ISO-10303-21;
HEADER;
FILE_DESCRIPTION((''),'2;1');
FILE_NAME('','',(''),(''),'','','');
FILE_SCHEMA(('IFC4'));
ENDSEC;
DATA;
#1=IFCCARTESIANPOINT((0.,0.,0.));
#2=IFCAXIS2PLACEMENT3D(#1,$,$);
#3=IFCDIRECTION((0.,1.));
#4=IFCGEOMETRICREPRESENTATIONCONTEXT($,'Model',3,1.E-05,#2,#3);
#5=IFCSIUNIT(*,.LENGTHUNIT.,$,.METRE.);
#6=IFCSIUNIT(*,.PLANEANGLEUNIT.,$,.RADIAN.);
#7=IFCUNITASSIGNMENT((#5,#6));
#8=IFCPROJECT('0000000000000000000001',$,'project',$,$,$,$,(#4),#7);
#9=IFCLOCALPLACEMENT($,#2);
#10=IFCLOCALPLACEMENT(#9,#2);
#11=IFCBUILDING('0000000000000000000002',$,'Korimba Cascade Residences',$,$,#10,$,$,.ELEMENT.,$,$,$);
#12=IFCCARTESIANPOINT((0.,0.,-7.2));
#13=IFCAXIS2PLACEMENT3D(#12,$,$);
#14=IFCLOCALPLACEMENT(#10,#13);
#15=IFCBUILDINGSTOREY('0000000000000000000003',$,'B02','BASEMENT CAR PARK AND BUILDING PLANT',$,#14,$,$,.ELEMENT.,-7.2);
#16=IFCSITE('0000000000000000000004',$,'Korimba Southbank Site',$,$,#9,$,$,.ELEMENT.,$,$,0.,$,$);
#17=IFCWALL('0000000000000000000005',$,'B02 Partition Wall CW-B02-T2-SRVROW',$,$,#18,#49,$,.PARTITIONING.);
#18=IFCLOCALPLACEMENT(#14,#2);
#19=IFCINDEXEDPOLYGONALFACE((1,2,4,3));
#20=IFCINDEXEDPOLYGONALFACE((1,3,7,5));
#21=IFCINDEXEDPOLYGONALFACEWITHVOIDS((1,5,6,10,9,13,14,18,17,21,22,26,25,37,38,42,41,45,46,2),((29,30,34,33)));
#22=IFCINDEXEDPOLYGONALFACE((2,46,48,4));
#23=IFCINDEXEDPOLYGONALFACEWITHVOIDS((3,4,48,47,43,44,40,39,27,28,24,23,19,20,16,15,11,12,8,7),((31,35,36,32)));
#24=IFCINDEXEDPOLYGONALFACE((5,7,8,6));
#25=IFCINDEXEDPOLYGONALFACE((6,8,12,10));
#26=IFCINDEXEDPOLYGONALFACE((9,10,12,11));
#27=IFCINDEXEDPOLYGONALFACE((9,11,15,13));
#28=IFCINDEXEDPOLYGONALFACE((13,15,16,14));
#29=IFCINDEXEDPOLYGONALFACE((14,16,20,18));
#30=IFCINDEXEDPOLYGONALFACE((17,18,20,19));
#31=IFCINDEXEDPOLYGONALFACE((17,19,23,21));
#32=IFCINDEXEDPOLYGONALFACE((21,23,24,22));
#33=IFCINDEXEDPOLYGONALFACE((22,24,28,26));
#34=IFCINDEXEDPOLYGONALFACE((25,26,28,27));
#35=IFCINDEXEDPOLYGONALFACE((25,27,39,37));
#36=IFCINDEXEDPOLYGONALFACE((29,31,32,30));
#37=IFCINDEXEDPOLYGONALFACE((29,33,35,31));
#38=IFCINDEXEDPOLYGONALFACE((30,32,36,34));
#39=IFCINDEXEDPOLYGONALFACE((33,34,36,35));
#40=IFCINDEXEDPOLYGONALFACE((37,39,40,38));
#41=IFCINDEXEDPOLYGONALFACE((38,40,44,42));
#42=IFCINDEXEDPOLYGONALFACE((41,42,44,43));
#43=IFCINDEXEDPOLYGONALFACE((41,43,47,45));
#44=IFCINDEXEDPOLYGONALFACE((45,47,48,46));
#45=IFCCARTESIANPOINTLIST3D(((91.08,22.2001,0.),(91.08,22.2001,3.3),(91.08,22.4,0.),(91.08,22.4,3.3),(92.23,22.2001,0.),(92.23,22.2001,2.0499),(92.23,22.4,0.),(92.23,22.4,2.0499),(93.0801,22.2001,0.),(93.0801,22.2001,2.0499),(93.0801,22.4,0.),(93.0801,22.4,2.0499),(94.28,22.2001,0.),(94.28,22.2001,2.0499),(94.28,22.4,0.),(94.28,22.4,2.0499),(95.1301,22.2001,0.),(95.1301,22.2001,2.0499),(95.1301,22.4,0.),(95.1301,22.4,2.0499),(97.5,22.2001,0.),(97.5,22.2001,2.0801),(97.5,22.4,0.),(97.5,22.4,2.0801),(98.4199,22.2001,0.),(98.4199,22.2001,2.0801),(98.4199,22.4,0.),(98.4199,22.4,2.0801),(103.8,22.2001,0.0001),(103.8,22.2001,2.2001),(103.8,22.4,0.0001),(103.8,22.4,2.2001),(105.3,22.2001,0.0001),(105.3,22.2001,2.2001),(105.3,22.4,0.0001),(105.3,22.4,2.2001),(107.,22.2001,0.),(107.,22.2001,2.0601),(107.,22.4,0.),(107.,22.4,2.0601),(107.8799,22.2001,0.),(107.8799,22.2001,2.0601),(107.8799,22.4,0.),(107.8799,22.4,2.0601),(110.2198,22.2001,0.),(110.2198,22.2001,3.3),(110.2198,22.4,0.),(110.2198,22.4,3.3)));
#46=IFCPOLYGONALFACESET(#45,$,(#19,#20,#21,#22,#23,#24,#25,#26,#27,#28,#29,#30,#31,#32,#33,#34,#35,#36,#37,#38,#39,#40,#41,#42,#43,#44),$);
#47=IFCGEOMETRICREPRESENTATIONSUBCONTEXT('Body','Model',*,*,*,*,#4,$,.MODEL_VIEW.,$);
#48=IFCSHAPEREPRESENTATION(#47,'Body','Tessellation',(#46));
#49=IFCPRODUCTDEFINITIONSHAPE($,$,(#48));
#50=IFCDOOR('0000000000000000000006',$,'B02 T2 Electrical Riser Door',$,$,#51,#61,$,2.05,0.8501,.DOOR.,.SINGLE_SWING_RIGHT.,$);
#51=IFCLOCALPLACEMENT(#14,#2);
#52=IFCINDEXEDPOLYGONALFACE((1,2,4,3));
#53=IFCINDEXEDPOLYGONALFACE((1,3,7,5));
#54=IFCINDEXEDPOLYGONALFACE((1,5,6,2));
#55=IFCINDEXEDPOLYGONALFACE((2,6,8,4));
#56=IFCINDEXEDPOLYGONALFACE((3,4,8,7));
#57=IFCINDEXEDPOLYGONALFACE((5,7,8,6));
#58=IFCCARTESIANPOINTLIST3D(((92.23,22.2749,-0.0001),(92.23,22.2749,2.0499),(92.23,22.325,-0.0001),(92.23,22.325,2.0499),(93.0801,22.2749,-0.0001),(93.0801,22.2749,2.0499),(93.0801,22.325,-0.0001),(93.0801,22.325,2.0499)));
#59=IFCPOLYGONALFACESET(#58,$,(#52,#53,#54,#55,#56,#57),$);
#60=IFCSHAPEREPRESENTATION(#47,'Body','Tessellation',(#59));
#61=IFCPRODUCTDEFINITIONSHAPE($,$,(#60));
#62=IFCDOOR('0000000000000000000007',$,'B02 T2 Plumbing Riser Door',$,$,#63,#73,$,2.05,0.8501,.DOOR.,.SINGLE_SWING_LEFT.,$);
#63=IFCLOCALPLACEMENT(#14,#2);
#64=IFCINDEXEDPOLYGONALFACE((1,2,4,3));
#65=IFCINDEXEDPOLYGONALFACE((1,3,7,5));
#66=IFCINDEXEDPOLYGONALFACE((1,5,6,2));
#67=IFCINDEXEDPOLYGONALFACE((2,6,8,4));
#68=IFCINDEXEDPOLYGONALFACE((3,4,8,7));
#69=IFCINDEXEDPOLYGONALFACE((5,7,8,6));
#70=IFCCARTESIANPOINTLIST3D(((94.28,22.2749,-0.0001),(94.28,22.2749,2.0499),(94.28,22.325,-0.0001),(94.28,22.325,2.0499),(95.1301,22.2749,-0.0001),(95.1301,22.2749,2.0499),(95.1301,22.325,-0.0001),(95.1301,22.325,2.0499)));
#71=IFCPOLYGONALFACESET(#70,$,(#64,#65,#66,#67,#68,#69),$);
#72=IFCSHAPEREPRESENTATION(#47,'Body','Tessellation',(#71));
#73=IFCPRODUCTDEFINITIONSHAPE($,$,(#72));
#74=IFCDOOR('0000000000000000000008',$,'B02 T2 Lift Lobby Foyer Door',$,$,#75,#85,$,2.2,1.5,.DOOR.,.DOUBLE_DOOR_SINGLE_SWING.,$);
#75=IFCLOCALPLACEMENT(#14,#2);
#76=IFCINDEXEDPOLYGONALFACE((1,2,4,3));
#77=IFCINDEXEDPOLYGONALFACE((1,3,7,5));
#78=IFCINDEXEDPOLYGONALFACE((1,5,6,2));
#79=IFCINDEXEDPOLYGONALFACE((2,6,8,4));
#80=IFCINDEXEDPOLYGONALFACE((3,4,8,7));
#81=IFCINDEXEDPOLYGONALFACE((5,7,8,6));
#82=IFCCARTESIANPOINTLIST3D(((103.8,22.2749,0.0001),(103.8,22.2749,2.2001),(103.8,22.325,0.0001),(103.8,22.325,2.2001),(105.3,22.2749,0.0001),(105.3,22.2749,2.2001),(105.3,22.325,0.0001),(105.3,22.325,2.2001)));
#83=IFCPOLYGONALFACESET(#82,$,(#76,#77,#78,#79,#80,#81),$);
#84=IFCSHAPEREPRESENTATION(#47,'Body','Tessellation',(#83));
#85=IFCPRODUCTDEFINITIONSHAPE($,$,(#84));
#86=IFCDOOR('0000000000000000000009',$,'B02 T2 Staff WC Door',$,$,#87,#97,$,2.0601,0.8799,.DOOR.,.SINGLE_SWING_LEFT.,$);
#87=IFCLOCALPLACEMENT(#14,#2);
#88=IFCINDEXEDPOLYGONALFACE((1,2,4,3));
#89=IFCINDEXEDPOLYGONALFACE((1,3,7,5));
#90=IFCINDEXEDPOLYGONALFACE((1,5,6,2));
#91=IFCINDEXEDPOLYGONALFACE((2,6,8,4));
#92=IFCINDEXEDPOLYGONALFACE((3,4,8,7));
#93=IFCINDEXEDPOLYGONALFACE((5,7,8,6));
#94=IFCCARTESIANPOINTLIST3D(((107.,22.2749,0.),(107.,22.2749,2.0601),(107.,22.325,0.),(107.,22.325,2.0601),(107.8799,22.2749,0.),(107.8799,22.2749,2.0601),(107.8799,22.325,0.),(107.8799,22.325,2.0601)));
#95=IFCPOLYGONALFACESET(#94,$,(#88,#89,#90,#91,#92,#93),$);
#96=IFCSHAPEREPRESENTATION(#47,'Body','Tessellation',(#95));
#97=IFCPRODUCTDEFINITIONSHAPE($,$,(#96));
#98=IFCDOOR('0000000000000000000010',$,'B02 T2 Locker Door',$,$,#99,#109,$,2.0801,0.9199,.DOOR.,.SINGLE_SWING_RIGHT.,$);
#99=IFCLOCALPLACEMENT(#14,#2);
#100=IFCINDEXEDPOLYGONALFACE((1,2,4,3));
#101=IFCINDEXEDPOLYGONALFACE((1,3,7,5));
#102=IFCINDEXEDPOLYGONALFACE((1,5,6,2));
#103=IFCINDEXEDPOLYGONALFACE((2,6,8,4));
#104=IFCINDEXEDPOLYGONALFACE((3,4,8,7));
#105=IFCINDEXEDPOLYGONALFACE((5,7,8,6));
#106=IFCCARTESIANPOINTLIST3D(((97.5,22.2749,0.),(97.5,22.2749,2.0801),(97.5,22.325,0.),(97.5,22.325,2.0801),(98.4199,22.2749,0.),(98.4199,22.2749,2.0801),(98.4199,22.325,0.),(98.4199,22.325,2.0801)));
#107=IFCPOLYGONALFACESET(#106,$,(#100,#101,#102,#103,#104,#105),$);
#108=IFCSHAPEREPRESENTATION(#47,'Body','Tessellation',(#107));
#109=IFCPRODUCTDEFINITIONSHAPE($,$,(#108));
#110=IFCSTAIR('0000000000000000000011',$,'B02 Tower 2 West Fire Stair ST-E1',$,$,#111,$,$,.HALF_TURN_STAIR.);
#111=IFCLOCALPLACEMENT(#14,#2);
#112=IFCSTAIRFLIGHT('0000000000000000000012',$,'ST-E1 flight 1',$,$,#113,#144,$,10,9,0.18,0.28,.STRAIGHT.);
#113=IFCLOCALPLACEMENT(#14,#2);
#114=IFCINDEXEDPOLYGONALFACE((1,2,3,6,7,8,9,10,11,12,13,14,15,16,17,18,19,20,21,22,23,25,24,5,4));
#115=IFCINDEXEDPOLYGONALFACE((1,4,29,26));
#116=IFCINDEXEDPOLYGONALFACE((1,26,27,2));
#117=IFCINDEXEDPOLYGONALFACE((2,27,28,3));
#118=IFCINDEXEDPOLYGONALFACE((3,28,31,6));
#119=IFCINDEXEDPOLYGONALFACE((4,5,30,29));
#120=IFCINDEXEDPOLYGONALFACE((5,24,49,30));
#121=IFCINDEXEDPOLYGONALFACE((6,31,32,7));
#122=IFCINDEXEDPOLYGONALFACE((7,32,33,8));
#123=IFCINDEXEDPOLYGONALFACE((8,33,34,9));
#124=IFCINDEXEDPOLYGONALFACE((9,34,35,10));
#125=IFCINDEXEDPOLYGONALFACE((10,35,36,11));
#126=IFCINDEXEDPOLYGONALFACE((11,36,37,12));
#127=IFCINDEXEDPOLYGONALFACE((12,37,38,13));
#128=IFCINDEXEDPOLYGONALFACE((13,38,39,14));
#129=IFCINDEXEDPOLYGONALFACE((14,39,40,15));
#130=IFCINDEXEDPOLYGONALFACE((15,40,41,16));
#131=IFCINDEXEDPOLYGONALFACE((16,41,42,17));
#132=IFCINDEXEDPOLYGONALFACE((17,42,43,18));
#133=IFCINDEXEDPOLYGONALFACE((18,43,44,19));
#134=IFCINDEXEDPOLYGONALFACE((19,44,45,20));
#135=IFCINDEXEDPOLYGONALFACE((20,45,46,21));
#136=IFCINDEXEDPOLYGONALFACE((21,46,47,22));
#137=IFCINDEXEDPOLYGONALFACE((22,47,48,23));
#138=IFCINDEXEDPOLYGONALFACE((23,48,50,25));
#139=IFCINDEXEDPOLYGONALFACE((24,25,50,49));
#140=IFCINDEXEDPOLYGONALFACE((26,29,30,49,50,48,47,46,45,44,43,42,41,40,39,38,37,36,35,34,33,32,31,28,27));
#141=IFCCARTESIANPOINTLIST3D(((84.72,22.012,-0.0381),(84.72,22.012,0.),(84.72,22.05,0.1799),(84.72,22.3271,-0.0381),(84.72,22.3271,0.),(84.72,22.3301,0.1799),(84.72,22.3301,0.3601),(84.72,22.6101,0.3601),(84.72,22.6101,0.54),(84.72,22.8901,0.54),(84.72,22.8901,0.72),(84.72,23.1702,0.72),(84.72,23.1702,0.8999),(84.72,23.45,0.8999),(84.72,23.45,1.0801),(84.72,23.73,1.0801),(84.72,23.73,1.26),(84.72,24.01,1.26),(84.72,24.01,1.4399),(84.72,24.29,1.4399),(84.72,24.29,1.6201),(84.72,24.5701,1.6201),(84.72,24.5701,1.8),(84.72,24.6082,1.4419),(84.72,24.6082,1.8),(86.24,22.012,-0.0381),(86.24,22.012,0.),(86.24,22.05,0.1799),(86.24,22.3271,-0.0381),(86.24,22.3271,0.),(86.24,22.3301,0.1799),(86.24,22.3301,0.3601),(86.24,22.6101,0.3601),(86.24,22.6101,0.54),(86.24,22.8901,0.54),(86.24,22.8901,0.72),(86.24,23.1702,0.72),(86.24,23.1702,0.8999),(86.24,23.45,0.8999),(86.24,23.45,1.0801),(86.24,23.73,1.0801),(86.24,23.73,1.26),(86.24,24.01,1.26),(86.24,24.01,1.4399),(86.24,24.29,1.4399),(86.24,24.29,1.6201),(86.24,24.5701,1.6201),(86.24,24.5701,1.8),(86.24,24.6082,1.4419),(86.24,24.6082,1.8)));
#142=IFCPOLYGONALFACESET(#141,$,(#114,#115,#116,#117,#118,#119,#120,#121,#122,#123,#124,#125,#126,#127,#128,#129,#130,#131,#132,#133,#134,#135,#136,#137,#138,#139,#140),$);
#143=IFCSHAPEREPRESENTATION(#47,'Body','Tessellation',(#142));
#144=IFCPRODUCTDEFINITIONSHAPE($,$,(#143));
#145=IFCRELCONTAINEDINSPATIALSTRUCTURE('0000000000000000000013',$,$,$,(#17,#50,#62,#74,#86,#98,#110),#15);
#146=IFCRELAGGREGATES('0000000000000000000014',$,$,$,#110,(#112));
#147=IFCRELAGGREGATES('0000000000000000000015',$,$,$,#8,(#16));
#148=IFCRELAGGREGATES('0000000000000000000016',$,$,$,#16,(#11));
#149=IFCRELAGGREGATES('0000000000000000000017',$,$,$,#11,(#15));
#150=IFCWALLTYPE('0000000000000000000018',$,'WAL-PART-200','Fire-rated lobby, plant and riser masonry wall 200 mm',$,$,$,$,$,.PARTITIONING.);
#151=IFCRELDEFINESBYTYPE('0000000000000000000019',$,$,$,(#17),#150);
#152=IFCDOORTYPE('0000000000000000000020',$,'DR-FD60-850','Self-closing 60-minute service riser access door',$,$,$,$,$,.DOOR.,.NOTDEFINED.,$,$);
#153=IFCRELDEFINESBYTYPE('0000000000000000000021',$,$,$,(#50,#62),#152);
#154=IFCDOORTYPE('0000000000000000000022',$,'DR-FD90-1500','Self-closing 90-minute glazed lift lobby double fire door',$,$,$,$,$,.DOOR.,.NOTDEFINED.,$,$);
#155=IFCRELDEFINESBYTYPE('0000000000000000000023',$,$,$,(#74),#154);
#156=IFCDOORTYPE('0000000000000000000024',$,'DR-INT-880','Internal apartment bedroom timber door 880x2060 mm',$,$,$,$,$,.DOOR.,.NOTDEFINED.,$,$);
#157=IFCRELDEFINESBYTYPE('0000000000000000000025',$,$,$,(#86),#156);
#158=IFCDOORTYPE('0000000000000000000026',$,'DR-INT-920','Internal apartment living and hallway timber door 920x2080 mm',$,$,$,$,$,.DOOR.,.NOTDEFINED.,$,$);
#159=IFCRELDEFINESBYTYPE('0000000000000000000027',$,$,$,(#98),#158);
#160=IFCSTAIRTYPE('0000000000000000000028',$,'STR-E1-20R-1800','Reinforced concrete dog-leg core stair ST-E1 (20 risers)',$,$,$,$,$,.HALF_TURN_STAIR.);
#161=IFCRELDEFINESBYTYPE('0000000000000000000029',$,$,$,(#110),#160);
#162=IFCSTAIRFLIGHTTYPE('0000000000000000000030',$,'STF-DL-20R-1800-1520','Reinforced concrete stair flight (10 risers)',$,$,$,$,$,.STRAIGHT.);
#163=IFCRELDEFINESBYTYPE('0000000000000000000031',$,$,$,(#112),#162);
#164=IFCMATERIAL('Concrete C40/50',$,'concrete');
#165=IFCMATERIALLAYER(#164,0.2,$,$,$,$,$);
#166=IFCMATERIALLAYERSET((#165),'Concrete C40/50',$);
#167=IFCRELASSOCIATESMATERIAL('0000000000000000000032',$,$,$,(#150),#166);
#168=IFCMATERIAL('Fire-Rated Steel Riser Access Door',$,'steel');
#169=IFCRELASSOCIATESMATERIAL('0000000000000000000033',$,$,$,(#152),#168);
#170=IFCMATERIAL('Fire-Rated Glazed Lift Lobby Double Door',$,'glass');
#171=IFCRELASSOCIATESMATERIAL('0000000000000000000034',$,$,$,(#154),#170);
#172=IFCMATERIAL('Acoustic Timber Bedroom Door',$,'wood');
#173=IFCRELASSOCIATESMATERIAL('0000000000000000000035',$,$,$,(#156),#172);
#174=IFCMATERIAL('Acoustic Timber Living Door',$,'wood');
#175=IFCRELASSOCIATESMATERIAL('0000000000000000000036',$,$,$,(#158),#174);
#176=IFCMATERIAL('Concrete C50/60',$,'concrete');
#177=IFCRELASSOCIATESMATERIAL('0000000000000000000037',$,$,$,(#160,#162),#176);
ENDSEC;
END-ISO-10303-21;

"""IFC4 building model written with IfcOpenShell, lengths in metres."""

from ifc_helpers import new_model, si_unit, direction, frame, frame_2d, origin, place, context, subcontext, project, spatial, polyline, rectangle, outline, extrude, material, layer, layer_set, type_object, element, fill, aggregate, save


model = new_model("IFC4")

# Units and contexts
model_context = context("Model", 3, precision=1e-05, world=origin(), true_north=direction((0.0, 1.0)))
body_context = subcontext(model_context, "Body", "Model", "MODEL_VIEW")
ifc_project = project(units=[si_unit("LENGTHUNIT", "METRE"), si_unit("PLANEANGLEUNIT", "RADIAN")], contexts=[model_context])

# Site, building, storey
site_placement = place(None, origin())
site = spatial("IfcSite", under=ifc_project, at=site_placement, Name="Korimba Southbank Site", CompositionType="ELEMENT", RefElevation=0.0)
building_placement = place(site_placement, origin())
building = spatial("IfcBuilding", under=site, at=building_placement, Name="Korimba Cascade Residences", CompositionType="ELEMENT")
storey_placement = place(building_placement, frame((0.0, 0.0, -7.2)))
storey = spatial("IfcBuildingStorey", under=building, at=storey_placement, Name="B02", Description="BASEMENT CAR PARK AND BUILDING PLANT", CompositionType="ELEMENT", Elevation=-7.2)

# Shared definitions
ifc_material_1 = material(Name="Concrete C50/60", Category="concrete")

# Shared definitions
ifc_material_2 = material(Name="Concrete C40/50", Category="concrete")
ifc_layer_1 = layer(ifc_material_2, 0.2)
ifc_layer_set_1 = layer_set([ifc_layer_1], Name="Concrete C40/50")
wall_type_1 = type_object("IfcWallType", Name="WAL-PART-200", Description="Fire-rated lobby, plant and riser masonry wall 200 mm", PredefinedType="PARTITIONING", material=ifc_layer_set_1)

# Wall, openings, doors
wall_1_placement = place(storey_placement, frame((91.0801, 22.3, 0.0), z_axis=(0.0, 0.0, 1.0), x_axis=(1.0, 0.0, 0.0)))
wall_1 = element("IfcWall", 1, at=wall_1_placement, inside=storey, type_object=wall_type_1, Name="B02 Partition Wall CW-B02-T2-SRVROW", PredefinedType="PARTITIONING", context=body_context, shape_type="SweptSolid", body=[
    extrude(rectangle(XDim=19.1399, YDim=0.2, at=frame_2d((9.5698, 0.0))), origin(), (0.0, 0.0, 1.0), 3.3),
])
opening_1_placement = place(wall_1_placement, frame((1.1499, 0.0, 0.0)))
opening_1 = element("IfcOpeningElement", 2, at=opening_1_placement, cuts=wall_1, PredefinedType="OPENING", context=body_context, shape_type="SweptSolid", body=[
    extrude(rectangle(XDim=0.8501, YDim=2.05, at=frame_2d((0.425, 1.0249))), frame((0.0, 0.1099, 0.0), z_axis=(0.0, -1.0, 0.0), x_axis=(1.0, 0.0, 0.0)), (0.0, 0.0, 1.0), 0.22),
])
opening_2_placement = place(wall_1_placement, frame((3.2, 0.0, 0.0)))
opening_2 = element("IfcOpeningElement", 3, at=opening_2_placement, cuts=wall_1, PredefinedType="OPENING", context=body_context, shape_type="SweptSolid", body=[
    extrude(rectangle(XDim=0.8501, YDim=2.05, at=frame_2d((0.425, 1.0249))), frame((0.0, 0.1099, 0.0), z_axis=(0.0, -1.0, 0.0), x_axis=(1.0, 0.0, 0.0)), (0.0, 0.0, 1.0), 0.22),
])
opening_3_placement = place(wall_1_placement, frame((12.72, 0.0, 0.0)))
opening_3 = element("IfcOpeningElement", 4, at=opening_3_placement, cuts=wall_1, PredefinedType="OPENING", context=body_context, shape_type="SweptSolid", body=[
    extrude(rectangle(XDim=1.5, YDim=2.2, at=frame_2d((0.75, 1.1001))), frame((0.0, 0.1099, 0.0), z_axis=(0.0, -1.0, 0.0), x_axis=(1.0, 0.0, 0.0)), (0.0, 0.0, 1.0), 0.22),
])
opening_4_placement = place(wall_1_placement, frame((6.4199, 0.0, 0.0)))
opening_4 = element("IfcOpeningElement", 5, at=opening_4_placement, cuts=wall_1, PredefinedType="OPENING", context=body_context, shape_type="SweptSolid", body=[
    extrude(rectangle(XDim=0.9199, YDim=2.0801, at=frame_2d((0.46, 1.04))), frame((0.0, 0.1099, 0.0), z_axis=(0.0, -1.0, 0.0), x_axis=(1.0, 0.0, 0.0)), (0.0, 0.0, 1.0), 0.22),
])
opening_5_placement = place(wall_1_placement, frame((15.9199, 0.0, 0.0)))
opening_5 = element("IfcOpeningElement", 6, at=opening_5_placement, cuts=wall_1, PredefinedType="OPENING", context=body_context, shape_type="SweptSolid", body=[
    extrude(rectangle(XDim=0.8799, YDim=2.0601, at=frame_2d((0.4399, 1.03))), frame((0.0, 0.1099, 0.0), z_axis=(0.0, -1.0, 0.0), x_axis=(1.0, 0.0, 0.0)), (0.0, 0.0, 1.0), 0.22),
])
ifc_material_3 = material(Name="Fire-Rated Steel Riser Access Door", Category="steel")
door_type_1 = type_object("IfcDoorType", Name="DR-FD60-850", Description="Self-closing 60-minute service riser access door", OperationType="NOTDEFINED", PredefinedType="DOOR", material=ifc_material_3)
door_1_placement = place(opening_1_placement, origin())
door_1 = element("IfcDoor", 7, at=door_1_placement, inside=storey, type_object=door_type_1, Name="B02 T2 Electrical Riser Door", OperationType="SINGLE_SWING_RIGHT", OverallHeight=2.05, OverallWidth=0.8501, PredefinedType="DOOR", context=body_context, shape_type="SweptSolid", body=[
    extrude(rectangle(XDim=0.8501, YDim=2.05, at=frame_2d((0.425, 1.0249))), frame((0.0, 0.0249, 0.0), z_axis=(0.0, -1.0, 0.0), x_axis=(1.0, 0.0, 0.0)), (0.0, 0.0, 1.0), 0.05),
])
fill(opening_1, door_1)
door_2_placement = place(opening_2_placement, origin())
door_2 = element("IfcDoor", 8, at=door_2_placement, inside=storey, type_object=door_type_1, Name="B02 T2 Plumbing Riser Door", OperationType="SINGLE_SWING_LEFT", OverallHeight=2.05, OverallWidth=0.8501, PredefinedType="DOOR", context=body_context, shape_type="SweptSolid", body=[
    extrude(rectangle(XDim=0.8501, YDim=2.05, at=frame_2d((0.425, 1.0249))), frame((0.0, 0.0249, 0.0), z_axis=(0.0, -1.0, 0.0), x_axis=(1.0, 0.0, 0.0)), (0.0, 0.0, 1.0), 0.05),
])
fill(opening_2, door_2)
ifc_material_4 = material(Name="Fire-Rated Glazed Lift Lobby Double Door", Category="glass")
door_type_2 = type_object("IfcDoorType", Name="DR-FD90-1500", Description="Self-closing 90-minute glazed lift lobby double fire door", OperationType="NOTDEFINED", PredefinedType="DOOR", material=ifc_material_4)
door_3_placement = place(opening_3_placement, origin())
door_3 = element("IfcDoor", 9, at=door_3_placement, inside=storey, type_object=door_type_2, Name="B02 T2 Lift Lobby Foyer Door", OperationType="DOUBLE_DOOR_SINGLE_SWING", OverallHeight=2.2, OverallWidth=1.5, PredefinedType="DOOR", context=body_context, shape_type="SweptSolid", body=[
    extrude(rectangle(XDim=1.5, YDim=2.2, at=frame_2d((0.75, 1.1001))), frame((0.0, 0.0249, 0.0), z_axis=(0.0, -1.0, 0.0), x_axis=(1.0, 0.0, 0.0)), (0.0, 0.0, 1.0), 0.05),
])
fill(opening_3, door_3)
ifc_material_5 = material(Name="Acoustic Timber Bedroom Door", Category="wood")
door_type_3 = type_object("IfcDoorType", Name="DR-INT-880", Description="Internal apartment bedroom timber door 880x2060 mm", OperationType="NOTDEFINED", PredefinedType="DOOR", material=ifc_material_5)
door_4_placement = place(opening_5_placement, origin())
door_4 = element("IfcDoor", 10, at=door_4_placement, inside=storey, type_object=door_type_3, Name="B02 T2 Staff WC Door", OperationType="SINGLE_SWING_LEFT", OverallHeight=2.0601, OverallWidth=0.8799, PredefinedType="DOOR", context=body_context, shape_type="SweptSolid", body=[
    extrude(rectangle(XDim=0.8799, YDim=2.0601, at=frame_2d((0.4399, 1.03))), frame((0.0, 0.0249, 0.0), z_axis=(0.0, -1.0, 0.0), x_axis=(1.0, 0.0, 0.0)), (0.0, 0.0, 1.0), 0.05),
])
fill(opening_5, door_4)
ifc_material_6 = material(Name="Acoustic Timber Living Door", Category="wood")
door_type_4 = type_object("IfcDoorType", Name="DR-INT-920", Description="Internal apartment living and hallway timber door 920x2080 mm", OperationType="NOTDEFINED", PredefinedType="DOOR", material=ifc_material_6)
door_5_placement = place(opening_4_placement, origin())
door_5 = element("IfcDoor", 11, at=door_5_placement, inside=storey, type_object=door_type_4, Name="B02 T2 Locker Door", OperationType="SINGLE_SWING_RIGHT", OverallHeight=2.0801, OverallWidth=0.9199, PredefinedType="DOOR", context=body_context, shape_type="SweptSolid", body=[
    extrude(rectangle(XDim=0.9199, YDim=2.0801, at=frame_2d((0.46, 1.04))), frame((0.0, 0.0249, 0.0), z_axis=(0.0, -1.0, 0.0), x_axis=(1.0, 0.0, 0.0)), (0.0, 0.0, 1.0), 0.05),
])
fill(opening_4, door_5)

# Stair, stair flight
stair_type = type_object("IfcStairType", Name="STR-E1-20R-1800", Description="Reinforced concrete dog-leg core stair ST-E1 (20 risers)", PredefinedType="HALF_TURN_STAIR", material=ifc_material_1)
stair_placement = place(storey_placement, origin())
stair = element("IfcStair", 12, at=stair_placement, inside=storey, type_object=stair_type, Name="B02 Tower 2 West Fire Stair ST-E1", PredefinedType="HALF_TURN_STAIR")
stair_flight_type = type_object("IfcStairFlightType", Name="STF-DL-20R-1800-1520", Description="Reinforced concrete stair flight (10 risers)", PredefinedType="STRAIGHT", material=ifc_material_1)
stair_flight_placement = place(storey_placement, frame((85.48, 22.05, 0.0), z_axis=(0.0, 0.0, 1.0), x_axis=(0.0, 1.0, 0.0)))
stair_flight = element("IfcStairFlight", 13, at=stair_flight_placement, type_object=stair_flight_type, Name="ST-E1 flight 1", NumberOfRisers=10, NumberOfTreads=9, PredefinedType="STRAIGHT", RiserHeight=0.18, TreadLength=0.28, context=body_context, shape_type="SweptSolid", body=[
    extrude(outline(polyline([(-0.0381, 0.0), (0.0, 0.1799), (0.28, 0.1799), (0.28, 0.3601), (0.5601, 0.3601), (0.5601, 0.54), (0.8401, 0.54), (0.8401, 0.72), (1.1201, 0.72), (1.1201, 0.8999), (1.3999, 0.8999), (1.3999, 1.0801), (1.6799, 1.0801), (1.6799, 1.26), (1.96, 1.26), (1.96, 1.4399), (2.24, 1.4399), (2.24, 1.6201), (2.52, 1.6201), (2.52, 1.8), (2.5581, 1.8), (2.5581, 1.4419), (0.2771, 0.0), (0.2771, -0.0381), (-0.0381, -0.0381), (-0.0381, 0.0)])), frame((0.0, 0.76, 0.0), z_axis=(0.0, -1.0, 0.0), x_axis=(1.0, 0.0, 0.0)), (0.0, 0.0, 1.0), 1.52),
])
aggregate(stair, [stair_flight])

save(model, "model.ifc")
